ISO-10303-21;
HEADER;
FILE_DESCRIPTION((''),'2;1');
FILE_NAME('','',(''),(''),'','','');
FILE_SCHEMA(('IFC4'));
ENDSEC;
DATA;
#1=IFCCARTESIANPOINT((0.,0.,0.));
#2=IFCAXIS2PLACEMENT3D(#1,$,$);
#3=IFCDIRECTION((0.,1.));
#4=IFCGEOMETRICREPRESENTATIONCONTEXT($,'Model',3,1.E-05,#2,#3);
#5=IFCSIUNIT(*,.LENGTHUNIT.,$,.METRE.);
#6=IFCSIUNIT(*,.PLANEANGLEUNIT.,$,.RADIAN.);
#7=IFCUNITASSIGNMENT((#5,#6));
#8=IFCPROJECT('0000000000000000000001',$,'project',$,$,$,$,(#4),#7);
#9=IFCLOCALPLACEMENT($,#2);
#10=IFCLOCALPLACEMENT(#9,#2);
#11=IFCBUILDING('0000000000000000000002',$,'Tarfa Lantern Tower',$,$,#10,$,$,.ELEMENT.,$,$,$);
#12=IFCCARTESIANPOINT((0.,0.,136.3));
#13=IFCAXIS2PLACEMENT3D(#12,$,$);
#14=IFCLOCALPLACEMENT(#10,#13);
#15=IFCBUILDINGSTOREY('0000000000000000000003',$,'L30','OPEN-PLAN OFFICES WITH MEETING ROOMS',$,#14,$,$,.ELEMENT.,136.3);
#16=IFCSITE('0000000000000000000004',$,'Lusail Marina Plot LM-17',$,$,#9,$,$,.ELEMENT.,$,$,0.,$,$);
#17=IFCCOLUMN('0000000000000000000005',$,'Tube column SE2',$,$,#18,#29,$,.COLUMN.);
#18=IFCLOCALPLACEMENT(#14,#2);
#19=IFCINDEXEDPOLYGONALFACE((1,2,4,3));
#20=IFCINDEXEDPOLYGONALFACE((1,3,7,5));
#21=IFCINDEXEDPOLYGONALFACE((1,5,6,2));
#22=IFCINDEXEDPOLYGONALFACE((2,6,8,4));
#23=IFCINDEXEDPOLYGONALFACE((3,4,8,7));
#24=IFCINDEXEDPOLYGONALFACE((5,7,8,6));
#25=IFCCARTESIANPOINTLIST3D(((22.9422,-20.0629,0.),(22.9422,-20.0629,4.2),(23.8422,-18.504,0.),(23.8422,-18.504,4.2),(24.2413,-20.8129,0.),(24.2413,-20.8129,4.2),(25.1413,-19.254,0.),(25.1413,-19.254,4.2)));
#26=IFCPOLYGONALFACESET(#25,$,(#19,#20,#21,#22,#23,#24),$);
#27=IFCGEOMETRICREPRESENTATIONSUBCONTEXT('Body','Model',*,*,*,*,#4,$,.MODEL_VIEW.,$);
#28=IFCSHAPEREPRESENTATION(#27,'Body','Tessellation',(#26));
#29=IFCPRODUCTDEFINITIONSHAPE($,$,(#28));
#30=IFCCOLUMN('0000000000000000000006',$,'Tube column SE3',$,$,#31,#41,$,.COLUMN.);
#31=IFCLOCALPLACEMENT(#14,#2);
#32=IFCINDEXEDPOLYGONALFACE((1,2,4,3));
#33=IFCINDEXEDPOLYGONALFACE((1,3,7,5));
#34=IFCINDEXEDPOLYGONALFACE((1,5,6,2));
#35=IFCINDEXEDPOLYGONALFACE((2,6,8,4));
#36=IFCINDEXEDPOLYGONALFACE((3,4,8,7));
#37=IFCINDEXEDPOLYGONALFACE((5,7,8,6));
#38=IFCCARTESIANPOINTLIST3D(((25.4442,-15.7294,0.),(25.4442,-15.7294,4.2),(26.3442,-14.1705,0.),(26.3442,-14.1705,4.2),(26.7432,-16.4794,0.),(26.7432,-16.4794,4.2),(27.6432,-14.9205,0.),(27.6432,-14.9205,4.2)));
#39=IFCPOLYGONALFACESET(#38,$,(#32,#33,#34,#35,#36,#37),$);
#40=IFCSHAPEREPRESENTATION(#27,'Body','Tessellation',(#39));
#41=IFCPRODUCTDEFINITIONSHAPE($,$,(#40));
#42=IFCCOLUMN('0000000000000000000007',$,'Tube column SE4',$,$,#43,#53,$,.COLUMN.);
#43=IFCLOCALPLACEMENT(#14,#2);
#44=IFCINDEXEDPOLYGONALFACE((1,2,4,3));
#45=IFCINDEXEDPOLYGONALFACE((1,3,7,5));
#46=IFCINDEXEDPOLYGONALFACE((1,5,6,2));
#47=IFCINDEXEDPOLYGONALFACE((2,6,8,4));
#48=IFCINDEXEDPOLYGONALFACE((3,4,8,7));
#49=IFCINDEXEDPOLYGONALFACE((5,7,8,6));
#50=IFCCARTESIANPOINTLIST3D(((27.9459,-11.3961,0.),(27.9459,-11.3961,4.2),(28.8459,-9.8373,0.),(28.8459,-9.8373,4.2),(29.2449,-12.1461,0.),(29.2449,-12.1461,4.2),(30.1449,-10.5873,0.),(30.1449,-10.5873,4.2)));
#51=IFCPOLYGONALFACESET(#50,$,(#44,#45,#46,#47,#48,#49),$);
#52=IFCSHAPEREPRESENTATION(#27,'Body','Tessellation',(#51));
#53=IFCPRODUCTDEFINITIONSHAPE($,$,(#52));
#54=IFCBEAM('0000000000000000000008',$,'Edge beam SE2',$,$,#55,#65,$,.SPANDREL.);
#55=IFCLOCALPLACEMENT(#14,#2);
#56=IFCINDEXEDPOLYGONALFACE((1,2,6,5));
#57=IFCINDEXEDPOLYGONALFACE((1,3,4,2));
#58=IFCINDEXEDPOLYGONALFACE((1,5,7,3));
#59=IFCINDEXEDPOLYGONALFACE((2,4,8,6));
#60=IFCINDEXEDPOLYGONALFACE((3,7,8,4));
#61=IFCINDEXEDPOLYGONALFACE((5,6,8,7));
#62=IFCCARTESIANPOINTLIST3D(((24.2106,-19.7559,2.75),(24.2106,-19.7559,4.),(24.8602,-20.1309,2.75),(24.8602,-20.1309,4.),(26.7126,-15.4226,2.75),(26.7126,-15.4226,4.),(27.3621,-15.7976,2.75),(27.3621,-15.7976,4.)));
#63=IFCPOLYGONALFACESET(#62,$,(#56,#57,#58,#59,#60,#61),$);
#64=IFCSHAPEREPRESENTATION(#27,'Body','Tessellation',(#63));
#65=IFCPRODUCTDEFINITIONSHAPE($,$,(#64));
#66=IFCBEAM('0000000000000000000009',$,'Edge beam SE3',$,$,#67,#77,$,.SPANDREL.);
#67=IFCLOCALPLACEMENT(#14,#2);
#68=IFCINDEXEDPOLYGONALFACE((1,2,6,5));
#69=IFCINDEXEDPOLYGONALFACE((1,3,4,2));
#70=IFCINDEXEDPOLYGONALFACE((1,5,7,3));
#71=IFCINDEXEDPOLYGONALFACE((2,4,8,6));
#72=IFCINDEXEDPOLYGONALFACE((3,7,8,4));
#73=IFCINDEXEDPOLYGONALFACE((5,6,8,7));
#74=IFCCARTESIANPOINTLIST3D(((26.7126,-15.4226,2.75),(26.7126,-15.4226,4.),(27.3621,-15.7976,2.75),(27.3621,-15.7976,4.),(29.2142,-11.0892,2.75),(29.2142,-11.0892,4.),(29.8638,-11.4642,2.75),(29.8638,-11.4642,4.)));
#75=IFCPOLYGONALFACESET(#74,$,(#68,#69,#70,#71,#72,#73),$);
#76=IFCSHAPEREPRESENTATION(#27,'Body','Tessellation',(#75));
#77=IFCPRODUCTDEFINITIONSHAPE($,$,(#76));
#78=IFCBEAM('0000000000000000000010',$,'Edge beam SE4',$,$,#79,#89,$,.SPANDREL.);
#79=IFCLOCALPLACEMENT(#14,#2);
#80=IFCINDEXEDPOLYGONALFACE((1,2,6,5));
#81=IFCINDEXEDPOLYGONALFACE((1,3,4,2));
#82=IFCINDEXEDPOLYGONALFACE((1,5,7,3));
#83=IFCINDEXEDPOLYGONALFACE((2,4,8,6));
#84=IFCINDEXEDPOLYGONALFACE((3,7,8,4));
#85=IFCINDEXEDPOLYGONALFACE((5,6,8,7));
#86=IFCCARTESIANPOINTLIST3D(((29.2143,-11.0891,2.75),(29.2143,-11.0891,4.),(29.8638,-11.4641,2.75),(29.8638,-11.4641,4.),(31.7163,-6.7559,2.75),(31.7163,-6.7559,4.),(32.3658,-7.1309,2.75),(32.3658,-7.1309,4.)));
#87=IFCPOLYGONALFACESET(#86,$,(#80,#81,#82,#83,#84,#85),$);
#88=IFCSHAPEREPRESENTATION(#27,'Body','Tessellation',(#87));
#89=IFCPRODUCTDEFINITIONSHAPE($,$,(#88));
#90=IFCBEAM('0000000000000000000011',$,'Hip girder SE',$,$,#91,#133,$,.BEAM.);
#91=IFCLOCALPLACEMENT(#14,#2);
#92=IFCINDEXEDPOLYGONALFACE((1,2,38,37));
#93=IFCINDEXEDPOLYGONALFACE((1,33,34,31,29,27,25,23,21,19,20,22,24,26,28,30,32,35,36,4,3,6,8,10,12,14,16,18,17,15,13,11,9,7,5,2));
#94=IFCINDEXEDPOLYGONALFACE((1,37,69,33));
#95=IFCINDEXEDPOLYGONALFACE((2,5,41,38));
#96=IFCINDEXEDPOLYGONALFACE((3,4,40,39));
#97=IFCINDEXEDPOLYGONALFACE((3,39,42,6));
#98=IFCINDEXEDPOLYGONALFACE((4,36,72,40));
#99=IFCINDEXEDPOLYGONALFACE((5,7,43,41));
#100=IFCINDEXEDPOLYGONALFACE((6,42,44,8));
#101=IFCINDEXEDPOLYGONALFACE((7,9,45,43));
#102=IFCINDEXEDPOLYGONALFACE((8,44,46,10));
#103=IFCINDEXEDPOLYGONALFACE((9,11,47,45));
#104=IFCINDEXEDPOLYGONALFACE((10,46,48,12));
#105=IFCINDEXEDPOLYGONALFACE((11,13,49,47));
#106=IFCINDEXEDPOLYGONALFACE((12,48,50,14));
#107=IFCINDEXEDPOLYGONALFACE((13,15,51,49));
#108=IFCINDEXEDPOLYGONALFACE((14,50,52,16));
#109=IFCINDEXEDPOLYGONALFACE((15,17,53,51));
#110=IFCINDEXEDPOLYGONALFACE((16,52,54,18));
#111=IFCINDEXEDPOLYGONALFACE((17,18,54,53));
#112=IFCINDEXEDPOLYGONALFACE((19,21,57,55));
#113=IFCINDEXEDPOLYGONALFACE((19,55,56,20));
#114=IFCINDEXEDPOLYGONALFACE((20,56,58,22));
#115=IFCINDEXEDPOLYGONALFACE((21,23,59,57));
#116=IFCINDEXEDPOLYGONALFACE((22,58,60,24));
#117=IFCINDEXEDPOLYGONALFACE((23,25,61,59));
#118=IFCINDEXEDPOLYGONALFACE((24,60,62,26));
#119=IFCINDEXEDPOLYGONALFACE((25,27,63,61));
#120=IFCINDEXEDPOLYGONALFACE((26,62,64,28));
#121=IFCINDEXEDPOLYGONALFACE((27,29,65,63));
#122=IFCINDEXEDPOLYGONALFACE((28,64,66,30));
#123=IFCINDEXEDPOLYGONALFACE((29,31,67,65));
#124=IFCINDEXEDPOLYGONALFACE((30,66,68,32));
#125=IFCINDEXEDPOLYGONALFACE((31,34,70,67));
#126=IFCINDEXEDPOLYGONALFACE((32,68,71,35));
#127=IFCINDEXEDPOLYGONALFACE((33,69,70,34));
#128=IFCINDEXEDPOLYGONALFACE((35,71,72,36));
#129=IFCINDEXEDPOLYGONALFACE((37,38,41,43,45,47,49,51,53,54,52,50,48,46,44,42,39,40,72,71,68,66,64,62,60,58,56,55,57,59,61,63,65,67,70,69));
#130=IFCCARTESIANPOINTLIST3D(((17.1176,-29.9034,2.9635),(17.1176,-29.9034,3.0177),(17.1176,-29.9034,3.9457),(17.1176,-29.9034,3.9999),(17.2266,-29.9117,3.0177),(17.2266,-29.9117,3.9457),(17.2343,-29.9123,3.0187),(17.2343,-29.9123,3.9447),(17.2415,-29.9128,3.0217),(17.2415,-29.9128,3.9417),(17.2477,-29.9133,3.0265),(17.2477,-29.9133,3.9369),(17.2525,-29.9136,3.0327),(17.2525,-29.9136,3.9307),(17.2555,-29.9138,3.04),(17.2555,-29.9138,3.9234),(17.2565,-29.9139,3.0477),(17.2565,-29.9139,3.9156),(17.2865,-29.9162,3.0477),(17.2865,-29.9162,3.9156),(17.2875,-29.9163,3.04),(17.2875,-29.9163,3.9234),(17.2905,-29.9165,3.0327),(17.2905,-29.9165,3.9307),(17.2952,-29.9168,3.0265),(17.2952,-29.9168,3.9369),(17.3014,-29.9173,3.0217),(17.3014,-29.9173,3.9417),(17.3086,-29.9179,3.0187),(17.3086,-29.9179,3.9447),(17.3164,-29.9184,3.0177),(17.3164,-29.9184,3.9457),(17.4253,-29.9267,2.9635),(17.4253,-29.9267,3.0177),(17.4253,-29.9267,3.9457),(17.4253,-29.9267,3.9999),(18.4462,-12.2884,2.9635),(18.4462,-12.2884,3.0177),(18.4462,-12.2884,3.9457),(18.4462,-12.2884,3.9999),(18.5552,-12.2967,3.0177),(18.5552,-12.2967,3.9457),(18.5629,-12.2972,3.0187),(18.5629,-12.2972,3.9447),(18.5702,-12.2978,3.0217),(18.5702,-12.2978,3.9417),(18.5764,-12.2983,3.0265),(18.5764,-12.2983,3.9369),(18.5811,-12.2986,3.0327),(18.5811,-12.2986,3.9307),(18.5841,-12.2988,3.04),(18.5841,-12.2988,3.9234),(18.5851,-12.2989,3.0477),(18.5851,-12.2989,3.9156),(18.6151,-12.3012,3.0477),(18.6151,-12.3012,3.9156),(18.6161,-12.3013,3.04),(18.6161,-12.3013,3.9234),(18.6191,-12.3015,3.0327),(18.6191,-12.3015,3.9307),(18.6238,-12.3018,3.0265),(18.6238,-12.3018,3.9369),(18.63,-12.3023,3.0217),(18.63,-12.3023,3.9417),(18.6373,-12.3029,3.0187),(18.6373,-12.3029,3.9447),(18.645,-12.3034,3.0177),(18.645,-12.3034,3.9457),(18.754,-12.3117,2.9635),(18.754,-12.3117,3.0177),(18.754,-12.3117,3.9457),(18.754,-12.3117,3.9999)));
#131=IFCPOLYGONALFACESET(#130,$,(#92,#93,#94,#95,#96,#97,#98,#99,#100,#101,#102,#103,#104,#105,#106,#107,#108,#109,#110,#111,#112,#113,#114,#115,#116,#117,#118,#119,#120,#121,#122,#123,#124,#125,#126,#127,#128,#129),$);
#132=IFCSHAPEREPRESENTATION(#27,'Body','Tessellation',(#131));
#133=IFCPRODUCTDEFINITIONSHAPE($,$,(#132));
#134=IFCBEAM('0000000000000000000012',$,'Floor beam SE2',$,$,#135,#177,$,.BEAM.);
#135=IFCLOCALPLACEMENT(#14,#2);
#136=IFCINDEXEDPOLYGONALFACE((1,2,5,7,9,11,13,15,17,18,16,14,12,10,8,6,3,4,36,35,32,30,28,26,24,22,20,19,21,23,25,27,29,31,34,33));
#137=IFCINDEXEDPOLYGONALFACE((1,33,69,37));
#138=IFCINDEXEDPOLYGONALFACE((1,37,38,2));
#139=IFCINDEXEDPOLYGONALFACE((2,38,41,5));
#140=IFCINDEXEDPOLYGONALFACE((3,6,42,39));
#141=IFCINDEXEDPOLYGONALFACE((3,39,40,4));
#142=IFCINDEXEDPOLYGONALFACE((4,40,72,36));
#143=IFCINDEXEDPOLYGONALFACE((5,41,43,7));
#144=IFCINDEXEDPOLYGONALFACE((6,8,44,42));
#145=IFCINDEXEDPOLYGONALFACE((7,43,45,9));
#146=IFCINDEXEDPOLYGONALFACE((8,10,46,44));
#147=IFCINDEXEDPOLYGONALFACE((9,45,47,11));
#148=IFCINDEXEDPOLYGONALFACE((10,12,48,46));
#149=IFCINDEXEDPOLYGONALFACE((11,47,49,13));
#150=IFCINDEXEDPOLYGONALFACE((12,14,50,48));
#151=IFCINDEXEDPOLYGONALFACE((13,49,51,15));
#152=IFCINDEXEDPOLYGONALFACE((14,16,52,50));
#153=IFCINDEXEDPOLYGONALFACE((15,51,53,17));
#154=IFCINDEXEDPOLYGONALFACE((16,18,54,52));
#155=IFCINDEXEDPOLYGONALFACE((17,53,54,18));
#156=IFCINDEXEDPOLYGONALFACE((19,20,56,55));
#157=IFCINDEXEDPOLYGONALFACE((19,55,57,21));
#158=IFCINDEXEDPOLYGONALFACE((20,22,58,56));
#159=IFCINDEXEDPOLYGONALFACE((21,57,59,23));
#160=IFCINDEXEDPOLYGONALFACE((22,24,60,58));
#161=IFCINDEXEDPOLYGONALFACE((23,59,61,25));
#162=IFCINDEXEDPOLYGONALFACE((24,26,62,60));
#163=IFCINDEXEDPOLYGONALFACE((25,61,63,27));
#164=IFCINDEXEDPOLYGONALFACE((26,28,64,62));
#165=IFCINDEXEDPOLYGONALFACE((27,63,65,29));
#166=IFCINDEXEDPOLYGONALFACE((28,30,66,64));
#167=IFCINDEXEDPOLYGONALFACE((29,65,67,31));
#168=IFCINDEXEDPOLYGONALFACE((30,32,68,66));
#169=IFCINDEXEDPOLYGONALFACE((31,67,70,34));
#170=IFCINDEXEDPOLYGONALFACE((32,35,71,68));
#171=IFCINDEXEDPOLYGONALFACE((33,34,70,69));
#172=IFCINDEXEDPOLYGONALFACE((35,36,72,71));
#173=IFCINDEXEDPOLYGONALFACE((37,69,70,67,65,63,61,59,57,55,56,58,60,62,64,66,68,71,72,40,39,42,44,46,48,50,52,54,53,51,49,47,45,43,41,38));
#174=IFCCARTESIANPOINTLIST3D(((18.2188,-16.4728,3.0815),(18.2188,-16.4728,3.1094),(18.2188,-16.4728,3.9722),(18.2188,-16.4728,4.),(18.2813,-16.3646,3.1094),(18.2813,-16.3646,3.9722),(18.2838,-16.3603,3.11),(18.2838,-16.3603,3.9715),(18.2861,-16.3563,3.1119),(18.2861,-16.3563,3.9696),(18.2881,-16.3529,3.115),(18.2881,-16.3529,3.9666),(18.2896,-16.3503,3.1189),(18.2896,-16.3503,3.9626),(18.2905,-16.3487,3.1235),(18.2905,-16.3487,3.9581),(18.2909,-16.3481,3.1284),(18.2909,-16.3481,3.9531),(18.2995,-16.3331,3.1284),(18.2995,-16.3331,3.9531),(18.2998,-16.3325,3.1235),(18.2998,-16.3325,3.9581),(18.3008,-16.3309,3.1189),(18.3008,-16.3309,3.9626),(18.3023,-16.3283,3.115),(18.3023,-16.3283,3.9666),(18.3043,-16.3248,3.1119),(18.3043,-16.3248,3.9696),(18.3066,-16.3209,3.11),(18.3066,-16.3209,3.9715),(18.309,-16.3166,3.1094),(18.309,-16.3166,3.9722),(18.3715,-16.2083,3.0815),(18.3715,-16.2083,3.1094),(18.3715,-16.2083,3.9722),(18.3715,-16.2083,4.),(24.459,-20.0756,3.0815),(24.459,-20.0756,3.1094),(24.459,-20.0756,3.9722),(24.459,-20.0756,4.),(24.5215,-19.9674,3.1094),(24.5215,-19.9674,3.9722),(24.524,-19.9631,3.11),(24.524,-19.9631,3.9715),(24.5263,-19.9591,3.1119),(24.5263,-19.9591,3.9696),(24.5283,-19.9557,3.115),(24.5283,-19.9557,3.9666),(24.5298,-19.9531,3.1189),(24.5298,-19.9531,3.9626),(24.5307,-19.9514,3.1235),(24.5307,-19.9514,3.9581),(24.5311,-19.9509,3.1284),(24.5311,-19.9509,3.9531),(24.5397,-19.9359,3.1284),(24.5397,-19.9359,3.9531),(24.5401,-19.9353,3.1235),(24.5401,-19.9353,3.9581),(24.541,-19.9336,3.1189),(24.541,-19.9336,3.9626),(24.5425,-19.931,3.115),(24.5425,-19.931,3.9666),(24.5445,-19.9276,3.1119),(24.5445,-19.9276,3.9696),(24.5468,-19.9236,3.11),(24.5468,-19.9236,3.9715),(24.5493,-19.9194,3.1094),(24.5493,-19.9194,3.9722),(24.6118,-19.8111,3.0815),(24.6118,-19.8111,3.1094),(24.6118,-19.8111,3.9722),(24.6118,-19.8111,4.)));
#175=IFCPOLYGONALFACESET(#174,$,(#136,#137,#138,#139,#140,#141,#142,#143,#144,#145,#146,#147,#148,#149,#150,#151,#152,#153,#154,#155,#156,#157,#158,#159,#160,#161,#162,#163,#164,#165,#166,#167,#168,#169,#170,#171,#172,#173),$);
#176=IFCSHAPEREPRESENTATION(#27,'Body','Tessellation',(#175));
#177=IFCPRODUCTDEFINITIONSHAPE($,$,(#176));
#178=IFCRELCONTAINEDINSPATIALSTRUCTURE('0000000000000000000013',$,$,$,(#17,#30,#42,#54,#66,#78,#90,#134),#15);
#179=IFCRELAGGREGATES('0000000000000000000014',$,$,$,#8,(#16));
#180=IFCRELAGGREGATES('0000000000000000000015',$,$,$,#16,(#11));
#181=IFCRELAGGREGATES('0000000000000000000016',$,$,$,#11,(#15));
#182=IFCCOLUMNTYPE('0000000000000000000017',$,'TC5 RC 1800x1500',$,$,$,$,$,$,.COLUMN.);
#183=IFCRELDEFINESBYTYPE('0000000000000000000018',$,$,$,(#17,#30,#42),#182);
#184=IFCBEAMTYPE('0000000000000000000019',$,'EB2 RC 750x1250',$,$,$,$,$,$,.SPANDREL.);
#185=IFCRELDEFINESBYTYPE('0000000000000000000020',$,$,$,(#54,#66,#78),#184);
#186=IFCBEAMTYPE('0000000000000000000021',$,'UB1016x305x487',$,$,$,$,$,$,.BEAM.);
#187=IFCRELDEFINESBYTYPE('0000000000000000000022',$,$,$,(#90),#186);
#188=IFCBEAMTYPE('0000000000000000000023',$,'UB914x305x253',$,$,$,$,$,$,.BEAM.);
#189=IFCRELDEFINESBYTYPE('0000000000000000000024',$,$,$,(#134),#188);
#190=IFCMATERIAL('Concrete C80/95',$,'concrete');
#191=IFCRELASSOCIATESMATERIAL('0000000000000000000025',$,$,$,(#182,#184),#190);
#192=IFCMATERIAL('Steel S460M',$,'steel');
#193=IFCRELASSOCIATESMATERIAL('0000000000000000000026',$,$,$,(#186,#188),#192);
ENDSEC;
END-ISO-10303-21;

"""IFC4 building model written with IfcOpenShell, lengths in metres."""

from ifc_helpers import new_model, si_unit, direction, frame, origin, origin_2d, place, context, subcontext, project, spatial, rectangle, i_section, extrude, material, material_profile, profile_set, type_object, element, save


model = new_model("IFC4")

# Units and contexts
model_context = context("Model", 3, precision=1e-05, world=origin(), true_north=direction((0.0, 1.0)))
body_context = subcontext(model_context, "Body", "Model", "MODEL_VIEW")
ifc_project = project(units=[si_unit("LENGTHUNIT", "METRE"), si_unit("PLANEANGLEUNIT", "RADIAN")], contexts=[model_context])

# Site, building, storey
site_placement = place(None, origin())
site = spatial("IfcSite", under=ifc_project, at=site_placement, Name="Lusail Marina Plot LM-17", CompositionType="ELEMENT", RefElevation=0.0)
building_placement = place(site_placement, origin())
building = spatial("IfcBuilding", under=site, at=building_placement, Name="Tarfa Lantern Tower", CompositionType="ELEMENT")
storey_placement = place(building_placement, frame((0.0, 0.0, 136.3)))
storey = spatial("IfcBuildingStorey", under=building, at=storey_placement, Name="L30", Description="OPEN-PLAN OFFICES WITH MEETING ROOMS", CompositionType="ELEMENT", Elevation=136.3)

# Columns
ifc_material_1 = material(Name="Concrete C80/95", Category="concrete")
ifc_material_profile_1 = material_profile(ifc_material_1, rectangle(XDim=1.8, YDim=1.5, at=origin_2d()), Name="RC 1800x1500")
ifc_profile_set_1 = profile_set([ifc_material_profile_1], Name="Concrete C80/95")
column_type = type_object("IfcColumnType", Name="TC5 RC 1800x1500", PredefinedType="COLUMN", material=ifc_profile_set_1)
for number, where, z_axis, x_axis, name in (
    (1, (24.0417, -19.6584, 0.0), (0.0, 0.0, 1.0), (0.5, 0.866025, 0.0), "Tube column SE2"),
    (2, (26.5437, -15.325, 0.0), (0.0, 0.0, 1.0), (0.5, 0.866025, 0.0), "Tube column SE3"),
    (3, (29.0454, -10.9917, 0.0), (0.0, 0.0, 1.0), (0.5, 0.866025, 0.0), "Tube column SE4"),
):
    element("IfcColumn", number, at=place(storey_placement, frame(where, z_axis=z_axis, x_axis=x_axis)), inside=storey, type_object=column_type, Name=name, PredefinedType="COLUMN", context=body_context, shape_type="SweptSolid", body=[
        extrude(rectangle(XDim=1.8, YDim=1.5, at=origin_2d()), origin(), (0.0, 0.0, 1.0), 4.2),
    ])

# Beams
ifc_material_profile_2 = material_profile(ifc_material_1, rectangle(XDim=0.75, YDim=1.25, at=origin_2d()), Name="RC 750x1250")
ifc_profile_set_2 = profile_set([ifc_material_profile_2], Name="Concrete C80/95")
beam_type_1 = type_object("IfcBeamType", Name="EB2 RC 750x1250", PredefinedType="SPANDREL", material=ifc_profile_set_2)
for number, where, z_axis, x_axis, name in (
    (4, (24.5354, -19.9434, 3.375), (0.500022, 0.866013, 0.0), (-0.866013, 0.500022, 0.0), "Edge beam SE2"),
    (5, (27.0374, -15.6101, 3.375), (0.499965, 0.866046, 0.0), (-0.866046, 0.499965, 0.0), "Edge beam SE3"),
    (6, (29.5391, -11.2766, 3.375), (0.500022, 0.866013, 0.0), (-0.866013, 0.500022, 0.0), "Edge beam SE4"),
):
    element("IfcBeam", number, at=place(storey_placement, frame(where, z_axis=z_axis, x_axis=x_axis)), inside=storey, type_object=beam_type_1, Name=name, PredefinedType="SPANDREL", context=body_context, shape_type="SweptSolid", body=[
        extrude(rectangle(XDim=0.75, YDim=1.25, at=origin_2d()), origin(), (0.0, 0.0, 1.0), 5.0037),
    ])
ifc_material_2 = material(Name="Steel S460M", Category="steel")
ifc_material_profile_3 = material_profile(ifc_material_2, i_section(OverallWidth=0.3086, OverallDepth=1.0364, WebThickness=0.03, FlangeThickness=0.0542, FilletRadius=0.03, at=origin_2d()), Name="UB1016x305x487")
ifc_profile_set_3 = profile_set([ifc_material_profile_3], Name="Steel S460M")
beam_type_2 = type_object("IfcBeamType", Name="UB1016x305x487", PredefinedType="BEAM", material=ifc_profile_set_3)
beam_1_placement = place(storey_placement, frame((18.6001, -12.3, 3.4817), z_axis=(-0.075212, -0.997168, 0.0), x_axis=(0.997168, -0.075212, 0.0)))
element("IfcBeam", 7, at=beam_1_placement, inside=storey, type_object=beam_type_2, Name="Hip girder SE", PredefinedType="BEAM", context=body_context, shape_type="SweptSolid", body=[
    extrude(i_section(OverallWidth=0.3086, OverallDepth=1.0364, WebThickness=0.03, FlangeThickness=0.0542, FilletRadius=0.03, at=origin_2d()), origin(), (0.0, 0.0, 1.0), 17.665),
])
ifc_material_profile_4 = material_profile(ifc_material_2, i_section(OverallWidth=0.3054, OverallDepth=0.9185, WebThickness=0.0173, FlangeThickness=0.0278, FilletRadius=0.019, at=origin_2d()), Name="UB914x305x253")
ifc_profile_set_4 = profile_set([ifc_material_profile_4], Name="Steel S460M")
beam_type_3 = type_object("IfcBeamType", Name="UB914x305x253", PredefinedType="BEAM", material=ifc_profile_set_4)
beam_2_placement = place(storey_placement, frame((24.5354, -19.9434, 3.5408), z_axis=(-0.866026, 0.499998, 0.0), x_axis=(-0.499998, -0.866026, 0.0)))
element("IfcBeam", 8, at=beam_2_placement, inside=storey, type_object=beam_type_3, Name="Floor beam SE2", PredefinedType="BEAM", context=body_context, shape_type="SweptSolid", body=[
    extrude(i_section(OverallWidth=0.3054, OverallDepth=0.9185, WebThickness=0.0173, FlangeThickness=0.0278, FilletRadius=0.019, at=origin_2d()), origin(), (0.0, 0.0, 1.0), 7.2056),
])

save(model, "model.ifc")
